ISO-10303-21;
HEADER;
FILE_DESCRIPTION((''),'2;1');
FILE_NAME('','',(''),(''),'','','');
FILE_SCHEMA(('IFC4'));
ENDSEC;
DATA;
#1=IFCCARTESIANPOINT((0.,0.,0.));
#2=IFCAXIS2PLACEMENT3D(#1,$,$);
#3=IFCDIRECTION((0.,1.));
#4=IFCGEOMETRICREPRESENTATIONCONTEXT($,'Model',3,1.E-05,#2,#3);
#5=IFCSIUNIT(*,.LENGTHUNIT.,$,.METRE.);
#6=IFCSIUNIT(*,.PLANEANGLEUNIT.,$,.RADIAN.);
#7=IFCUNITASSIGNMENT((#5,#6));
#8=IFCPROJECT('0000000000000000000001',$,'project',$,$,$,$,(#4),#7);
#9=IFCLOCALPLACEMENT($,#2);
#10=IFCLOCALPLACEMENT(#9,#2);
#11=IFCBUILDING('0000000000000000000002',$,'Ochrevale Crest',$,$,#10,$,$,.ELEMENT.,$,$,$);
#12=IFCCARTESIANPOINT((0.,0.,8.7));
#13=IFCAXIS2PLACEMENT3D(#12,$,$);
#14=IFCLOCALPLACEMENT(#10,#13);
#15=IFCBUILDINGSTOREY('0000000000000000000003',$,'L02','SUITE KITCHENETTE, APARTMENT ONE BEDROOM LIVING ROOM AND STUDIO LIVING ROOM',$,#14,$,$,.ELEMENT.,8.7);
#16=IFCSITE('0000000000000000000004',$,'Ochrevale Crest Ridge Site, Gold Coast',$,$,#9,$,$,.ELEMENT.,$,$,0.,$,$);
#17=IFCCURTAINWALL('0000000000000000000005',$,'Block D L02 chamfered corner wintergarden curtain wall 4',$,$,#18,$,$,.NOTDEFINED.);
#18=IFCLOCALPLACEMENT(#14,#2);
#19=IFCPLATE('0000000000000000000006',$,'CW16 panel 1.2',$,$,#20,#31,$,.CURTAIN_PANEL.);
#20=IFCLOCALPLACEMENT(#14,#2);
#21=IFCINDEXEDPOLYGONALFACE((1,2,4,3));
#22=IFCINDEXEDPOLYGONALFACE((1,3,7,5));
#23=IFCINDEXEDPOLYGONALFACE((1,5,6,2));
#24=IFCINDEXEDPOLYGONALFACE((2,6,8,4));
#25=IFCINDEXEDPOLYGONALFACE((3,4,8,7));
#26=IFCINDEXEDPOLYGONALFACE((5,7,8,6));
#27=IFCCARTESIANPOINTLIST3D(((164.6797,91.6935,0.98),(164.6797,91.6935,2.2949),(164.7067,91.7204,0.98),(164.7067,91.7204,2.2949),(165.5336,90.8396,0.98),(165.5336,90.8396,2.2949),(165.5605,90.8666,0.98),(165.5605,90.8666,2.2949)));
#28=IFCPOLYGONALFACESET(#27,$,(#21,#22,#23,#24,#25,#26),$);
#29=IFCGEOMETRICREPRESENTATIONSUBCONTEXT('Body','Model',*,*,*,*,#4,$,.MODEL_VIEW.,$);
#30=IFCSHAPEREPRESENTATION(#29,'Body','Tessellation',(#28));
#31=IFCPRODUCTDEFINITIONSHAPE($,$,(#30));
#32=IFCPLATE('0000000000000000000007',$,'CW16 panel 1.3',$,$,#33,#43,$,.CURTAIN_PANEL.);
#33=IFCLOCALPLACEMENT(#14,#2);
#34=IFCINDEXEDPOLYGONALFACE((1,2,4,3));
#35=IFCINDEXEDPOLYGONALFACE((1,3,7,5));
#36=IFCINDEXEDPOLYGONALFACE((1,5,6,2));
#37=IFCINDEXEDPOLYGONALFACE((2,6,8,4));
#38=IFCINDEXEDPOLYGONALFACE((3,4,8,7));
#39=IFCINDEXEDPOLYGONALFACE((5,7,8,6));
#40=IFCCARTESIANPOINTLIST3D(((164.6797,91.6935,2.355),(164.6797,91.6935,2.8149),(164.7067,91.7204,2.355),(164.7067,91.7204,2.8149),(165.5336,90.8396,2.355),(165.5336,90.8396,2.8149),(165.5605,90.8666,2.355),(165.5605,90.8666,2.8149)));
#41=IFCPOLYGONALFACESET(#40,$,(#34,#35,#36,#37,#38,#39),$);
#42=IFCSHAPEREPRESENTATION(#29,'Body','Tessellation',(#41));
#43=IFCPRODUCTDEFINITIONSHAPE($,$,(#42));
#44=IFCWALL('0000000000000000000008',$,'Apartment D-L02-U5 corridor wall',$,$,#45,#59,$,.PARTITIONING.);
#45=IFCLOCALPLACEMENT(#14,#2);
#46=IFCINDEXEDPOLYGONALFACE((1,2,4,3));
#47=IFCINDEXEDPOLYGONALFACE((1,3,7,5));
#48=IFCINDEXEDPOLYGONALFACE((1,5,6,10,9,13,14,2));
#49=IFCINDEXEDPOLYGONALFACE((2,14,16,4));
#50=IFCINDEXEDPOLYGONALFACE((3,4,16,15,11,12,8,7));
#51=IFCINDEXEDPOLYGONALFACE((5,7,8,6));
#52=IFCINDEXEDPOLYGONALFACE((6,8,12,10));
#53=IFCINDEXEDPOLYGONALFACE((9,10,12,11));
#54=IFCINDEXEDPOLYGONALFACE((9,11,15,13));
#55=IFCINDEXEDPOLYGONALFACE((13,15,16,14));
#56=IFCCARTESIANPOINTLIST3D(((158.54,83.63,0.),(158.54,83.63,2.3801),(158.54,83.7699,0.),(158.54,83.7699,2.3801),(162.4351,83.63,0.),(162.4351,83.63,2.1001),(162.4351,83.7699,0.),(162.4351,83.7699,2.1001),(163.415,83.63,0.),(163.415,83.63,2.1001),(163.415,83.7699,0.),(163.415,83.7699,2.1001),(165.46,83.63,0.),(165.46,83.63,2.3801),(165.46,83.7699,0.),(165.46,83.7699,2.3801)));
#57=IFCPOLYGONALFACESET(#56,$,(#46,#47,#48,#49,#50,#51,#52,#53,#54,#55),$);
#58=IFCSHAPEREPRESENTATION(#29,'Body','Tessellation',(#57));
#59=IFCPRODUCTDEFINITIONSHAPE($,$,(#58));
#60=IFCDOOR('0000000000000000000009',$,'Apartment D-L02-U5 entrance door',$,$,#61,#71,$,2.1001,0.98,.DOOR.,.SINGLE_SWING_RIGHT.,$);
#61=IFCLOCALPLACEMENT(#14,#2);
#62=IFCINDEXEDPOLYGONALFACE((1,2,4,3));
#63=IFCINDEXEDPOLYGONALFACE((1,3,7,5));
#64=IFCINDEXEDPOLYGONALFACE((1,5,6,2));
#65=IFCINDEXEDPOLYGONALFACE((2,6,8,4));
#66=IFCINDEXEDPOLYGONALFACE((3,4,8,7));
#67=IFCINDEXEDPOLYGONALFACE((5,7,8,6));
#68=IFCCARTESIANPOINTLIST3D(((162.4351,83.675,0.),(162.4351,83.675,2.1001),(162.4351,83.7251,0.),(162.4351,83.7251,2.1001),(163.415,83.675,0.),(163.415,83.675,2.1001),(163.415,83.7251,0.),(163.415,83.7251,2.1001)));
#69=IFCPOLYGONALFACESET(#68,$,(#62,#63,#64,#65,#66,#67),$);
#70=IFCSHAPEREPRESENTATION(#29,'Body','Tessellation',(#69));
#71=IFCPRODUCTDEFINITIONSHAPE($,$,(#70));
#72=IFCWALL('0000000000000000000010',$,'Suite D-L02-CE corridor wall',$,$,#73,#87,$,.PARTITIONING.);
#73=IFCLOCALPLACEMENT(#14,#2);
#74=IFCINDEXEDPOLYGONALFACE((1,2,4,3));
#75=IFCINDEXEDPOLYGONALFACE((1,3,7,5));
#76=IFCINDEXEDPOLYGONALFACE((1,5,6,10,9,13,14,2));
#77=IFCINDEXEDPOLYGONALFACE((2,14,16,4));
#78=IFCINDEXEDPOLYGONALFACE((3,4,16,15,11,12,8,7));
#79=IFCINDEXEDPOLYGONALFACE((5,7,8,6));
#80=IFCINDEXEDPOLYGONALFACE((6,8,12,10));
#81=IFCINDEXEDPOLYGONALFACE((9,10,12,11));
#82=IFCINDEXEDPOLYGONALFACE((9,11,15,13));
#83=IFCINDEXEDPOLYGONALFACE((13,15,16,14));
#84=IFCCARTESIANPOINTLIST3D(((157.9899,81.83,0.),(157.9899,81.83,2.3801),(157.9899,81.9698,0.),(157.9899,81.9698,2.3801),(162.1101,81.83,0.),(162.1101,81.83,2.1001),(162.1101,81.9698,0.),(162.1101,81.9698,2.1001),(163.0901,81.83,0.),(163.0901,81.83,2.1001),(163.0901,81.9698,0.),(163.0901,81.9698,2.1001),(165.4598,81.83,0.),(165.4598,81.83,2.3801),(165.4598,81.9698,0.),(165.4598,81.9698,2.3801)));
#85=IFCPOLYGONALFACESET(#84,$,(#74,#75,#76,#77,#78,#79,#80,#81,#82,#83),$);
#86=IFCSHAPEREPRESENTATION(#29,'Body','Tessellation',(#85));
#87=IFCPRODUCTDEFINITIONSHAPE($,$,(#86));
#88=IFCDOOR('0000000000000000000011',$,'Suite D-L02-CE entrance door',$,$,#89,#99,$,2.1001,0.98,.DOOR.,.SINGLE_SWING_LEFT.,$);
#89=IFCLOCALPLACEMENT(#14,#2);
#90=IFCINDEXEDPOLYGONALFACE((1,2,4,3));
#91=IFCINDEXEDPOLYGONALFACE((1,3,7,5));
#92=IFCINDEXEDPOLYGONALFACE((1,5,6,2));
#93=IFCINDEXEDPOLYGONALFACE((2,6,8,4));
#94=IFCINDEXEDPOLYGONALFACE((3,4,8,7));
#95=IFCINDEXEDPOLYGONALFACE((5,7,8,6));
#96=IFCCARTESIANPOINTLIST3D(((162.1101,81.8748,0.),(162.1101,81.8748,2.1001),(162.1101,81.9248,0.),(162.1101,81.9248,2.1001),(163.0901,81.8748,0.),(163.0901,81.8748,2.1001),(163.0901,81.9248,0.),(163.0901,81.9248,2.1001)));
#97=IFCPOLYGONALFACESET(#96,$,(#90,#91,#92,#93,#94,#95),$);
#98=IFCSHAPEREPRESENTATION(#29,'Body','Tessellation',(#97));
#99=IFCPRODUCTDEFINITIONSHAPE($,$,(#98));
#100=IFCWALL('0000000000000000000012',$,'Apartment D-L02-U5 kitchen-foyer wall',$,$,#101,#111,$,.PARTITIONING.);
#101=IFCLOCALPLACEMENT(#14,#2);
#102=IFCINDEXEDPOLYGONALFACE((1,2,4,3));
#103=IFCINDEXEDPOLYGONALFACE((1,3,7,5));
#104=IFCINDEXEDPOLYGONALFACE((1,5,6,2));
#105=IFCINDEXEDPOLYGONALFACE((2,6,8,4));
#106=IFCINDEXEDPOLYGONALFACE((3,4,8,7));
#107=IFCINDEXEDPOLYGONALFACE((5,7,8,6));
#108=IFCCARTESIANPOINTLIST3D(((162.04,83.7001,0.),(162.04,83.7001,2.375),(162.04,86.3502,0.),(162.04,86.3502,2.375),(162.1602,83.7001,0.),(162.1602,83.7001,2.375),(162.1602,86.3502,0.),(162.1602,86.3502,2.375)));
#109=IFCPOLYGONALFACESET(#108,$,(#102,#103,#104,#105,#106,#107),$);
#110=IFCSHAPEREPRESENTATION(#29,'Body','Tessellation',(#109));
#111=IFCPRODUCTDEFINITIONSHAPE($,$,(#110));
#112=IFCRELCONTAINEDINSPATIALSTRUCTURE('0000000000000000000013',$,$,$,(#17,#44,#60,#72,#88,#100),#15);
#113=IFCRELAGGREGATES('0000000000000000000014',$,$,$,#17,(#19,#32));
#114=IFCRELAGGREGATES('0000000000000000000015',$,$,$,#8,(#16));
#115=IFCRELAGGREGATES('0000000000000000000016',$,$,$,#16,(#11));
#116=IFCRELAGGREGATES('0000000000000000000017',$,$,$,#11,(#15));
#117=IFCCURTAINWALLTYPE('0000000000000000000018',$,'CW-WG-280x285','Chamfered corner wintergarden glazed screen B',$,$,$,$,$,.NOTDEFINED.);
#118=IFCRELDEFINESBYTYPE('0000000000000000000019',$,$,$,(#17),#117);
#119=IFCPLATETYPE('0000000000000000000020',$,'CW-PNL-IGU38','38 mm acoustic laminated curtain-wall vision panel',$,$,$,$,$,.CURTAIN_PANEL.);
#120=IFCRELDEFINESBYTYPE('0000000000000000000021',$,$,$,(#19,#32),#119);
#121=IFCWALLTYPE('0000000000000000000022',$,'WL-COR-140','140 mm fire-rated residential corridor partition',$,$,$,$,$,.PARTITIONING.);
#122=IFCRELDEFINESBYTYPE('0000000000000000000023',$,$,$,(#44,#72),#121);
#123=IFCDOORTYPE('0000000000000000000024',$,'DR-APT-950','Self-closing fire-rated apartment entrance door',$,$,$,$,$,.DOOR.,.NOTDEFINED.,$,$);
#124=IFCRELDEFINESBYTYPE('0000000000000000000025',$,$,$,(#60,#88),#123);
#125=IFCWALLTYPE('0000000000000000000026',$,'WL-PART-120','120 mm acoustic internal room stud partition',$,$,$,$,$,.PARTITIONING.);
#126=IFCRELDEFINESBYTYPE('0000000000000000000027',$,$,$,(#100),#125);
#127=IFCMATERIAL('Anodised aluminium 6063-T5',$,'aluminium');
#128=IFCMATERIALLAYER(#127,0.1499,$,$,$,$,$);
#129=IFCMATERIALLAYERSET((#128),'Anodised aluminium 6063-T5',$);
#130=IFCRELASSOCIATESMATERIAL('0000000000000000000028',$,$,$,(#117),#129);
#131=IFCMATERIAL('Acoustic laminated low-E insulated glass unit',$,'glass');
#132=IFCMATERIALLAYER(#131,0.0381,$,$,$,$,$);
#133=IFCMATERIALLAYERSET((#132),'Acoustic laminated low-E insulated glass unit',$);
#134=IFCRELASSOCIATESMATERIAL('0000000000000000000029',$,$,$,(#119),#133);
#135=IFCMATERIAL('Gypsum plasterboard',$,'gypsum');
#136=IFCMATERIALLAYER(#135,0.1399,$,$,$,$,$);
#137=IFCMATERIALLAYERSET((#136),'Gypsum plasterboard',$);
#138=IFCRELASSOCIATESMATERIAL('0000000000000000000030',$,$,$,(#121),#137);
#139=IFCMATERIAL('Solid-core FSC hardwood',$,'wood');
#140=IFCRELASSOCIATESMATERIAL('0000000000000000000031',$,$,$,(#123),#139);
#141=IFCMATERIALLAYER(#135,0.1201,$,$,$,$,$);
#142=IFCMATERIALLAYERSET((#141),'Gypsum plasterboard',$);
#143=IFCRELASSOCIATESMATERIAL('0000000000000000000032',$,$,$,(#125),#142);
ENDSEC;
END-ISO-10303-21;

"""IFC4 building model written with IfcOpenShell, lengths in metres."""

from ifc_helpers import new_model, si_unit, direction, frame, frame_2d, origin, origin_2d, place, context, subcontext, project, spatial, rectangle, extrude, material, layer, layer_set, type_object, element, fill, aggregate, save


model = new_model("IFC4")

# Units and contexts
model_context = context("Model", 3, precision=1e-05, world=origin(), true_north=direction((0.0, 1.0)))
body_context = subcontext(model_context, "Body", "Model", "MODEL_VIEW")
ifc_project = project(units=[si_unit("LENGTHUNIT", "METRE"), si_unit("PLANEANGLEUNIT", "RADIAN")], contexts=[model_context])

# Site, building, storey
site_placement = place(None, origin())
site = spatial("IfcSite", under=ifc_project, at=site_placement, Name="Ochrevale Crest Ridge Site, Gold Coast", CompositionType="ELEMENT", RefElevation=0.0)
building_placement = place(site_placement, origin())
building = spatial("IfcBuilding", under=site, at=building_placement, Name="Ochrevale Crest", CompositionType="ELEMENT")
storey_placement = place(building_placement, frame((0.0, 0.0, 8.7)))
storey = spatial("IfcBuildingStorey", under=building, at=storey_placement, Name="L02", Description="SUITE KITCHENETTE, APARTMENT ONE BEDROOM LIVING ROOM AND STUDIO LIVING ROOM", CompositionType="ELEMENT", Elevation=8.7)

# Curtain wall, plates
ifc_material_1 = material(Name="Anodised aluminium 6063-T5", Category="aluminium")
ifc_layer_1 = layer(ifc_material_1, 0.1499)
ifc_layer_set_1 = layer_set([ifc_layer_1], Name="Anodised aluminium 6063-T5")
curtain_wall_type = type_object("IfcCurtainWallType", Name="CW-WG-280x285", Description="Chamfered corner wintergarden glazed screen B", PredefinedType="NOTDEFINED", material=ifc_layer_set_1)
curtain_wall_placement = place(storey_placement, origin())
curtain_wall = element("IfcCurtainWall", 1, at=curtain_wall_placement, inside=storey, type_object=curtain_wall_type, Name="Block D L02 chamfered corner wintergarden curtain wall 4", PredefinedType="NOTDEFINED")
ifc_material_2 = material(Name="Acoustic laminated low-E insulated glass unit", Category="glass")
ifc_layer_2 = layer(ifc_material_2, 0.0381)
ifc_layer_set_2 = layer_set([ifc_layer_2], Name="Acoustic laminated low-E insulated glass unit")
plate_type = type_object("IfcPlateType", Name="CW-PNL-IGU38", Description="38 mm acoustic laminated curtain-wall vision panel", PredefinedType="CURTAIN_PANEL", material=ifc_layer_set_2)
plate_1_placement = place(storey_placement, frame((165.1201, 91.28, 0.98), z_axis=(0.0, 0.0, 1.0), x_axis=(-0.707107, 0.707107, 0.0)))
plate_1 = element("IfcPlate", 2, at=plate_1_placement, type_object=plate_type, Name="CW16 panel 1.2", PredefinedType="CURTAIN_PANEL", context=body_context, shape_type="SweptSolid", body=[
    extrude(rectangle(XDim=1.2075, YDim=0.0381, at=origin_2d()), origin(), (0.0, 0.0, 1.0), 1.3149),
])
plate_2_placement = place(storey_placement, frame((165.1201, 91.28, 2.355), z_axis=(0.0, 0.0, 1.0), x_axis=(-0.707107, 0.707107, 0.0)))
plate_2 = element("IfcPlate", 3, at=plate_2_placement, type_object=plate_type, Name="CW16 panel 1.3", PredefinedType="CURTAIN_PANEL", context=body_context, shape_type="SweptSolid", body=[
    extrude(rectangle(XDim=1.2075, YDim=0.0381, at=origin_2d()), origin(), (0.0, 0.0, 1.0), 0.46),
])
aggregate(curtain_wall, [plate_1, plate_2])

# Walls, openings, doors
ifc_material_3 = material(Name="Gypsum plasterboard", Category="gypsum")
ifc_layer_3 = layer(ifc_material_3, 0.1399)
ifc_layer_set_3 = layer_set([ifc_layer_3], Name="Gypsum plasterboard")
wall_type_1 = type_object("IfcWallType", Name="WL-COR-140", Description="140 mm fire-rated residential corridor partition", PredefinedType="PARTITIONING", material=ifc_layer_set_3)
wall_1_placement = place(storey_placement, frame((158.54, 83.7, 0.0), z_axis=(0.0, 0.0, 1.0), x_axis=(1.0, 0.0, 0.0)))
wall_1 = element("IfcWall", 4, at=wall_1_placement, inside=storey, type_object=wall_type_1, Name="Apartment D-L02-U5 corridor wall", PredefinedType="PARTITIONING", context=body_context, shape_type="SweptSolid", body=[
    extrude(rectangle(XDim=6.9199, YDim=0.1399, at=frame_2d((3.46, 0.0))), origin(), (0.0, 0.0, 1.0), 2.3801),
])
opening_1_placement = place(wall_1_placement, frame((4.875, 0.0, 0.0), z_axis=(0.0, 0.0, 1.0), x_axis=(-1.0, 0.0, 0.0)))
opening_1 = element("IfcOpeningElement", 5, at=opening_1_placement, cuts=wall_1, PredefinedType="OPENING", context=body_context, shape_type="SweptSolid", body=[
    extrude(rectangle(XDim=0.98, YDim=2.1001, at=frame_2d((0.49, 1.05))), frame((0.0, 0.0801, 0.0), z_axis=(0.0, -1.0, 0.0), x_axis=(1.0, 0.0, 0.0)), (0.0, 0.0, 1.0), 0.1599),
])
ifc_material_4 = material(Name="Solid-core FSC hardwood", Category="wood")
door_type_1 = type_object("IfcDoorType", Name="DR-APT-950", Description="Self-closing fire-rated apartment entrance door", OperationType="NOTDEFINED", PredefinedType="DOOR", material=ifc_material_4)
door_1_placement = place(opening_1_placement, origin())
door_1 = element("IfcDoor", 6, at=door_1_placement, inside=storey, type_object=door_type_1, Name="Apartment D-L02-U5 entrance door", OperationType="SINGLE_SWING_RIGHT", OverallHeight=2.1001, OverallWidth=0.98, PredefinedType="DOOR", context=body_context, shape_type="SweptSolid", body=[
    extrude(rectangle(XDim=0.98, YDim=2.1001, at=frame_2d((0.49, 1.05))), frame((0.0, 0.0249, 0.0), z_axis=(0.0, -1.0, 0.0), x_axis=(1.0, 0.0, 0.0)), (0.0, 0.0, 1.0), 0.05),
])
fill(opening_1, door_1)
wall_2_placement = place(storey_placement, frame((157.99, 81.8999, 0.0), z_axis=(0.0, 0.0, 1.0), x_axis=(1.0, 0.0, 0.0)))
wall_2 = element("IfcWall", 7, at=wall_2_placement, inside=storey, type_object=wall_type_1, Name="Suite D-L02-CE corridor wall", PredefinedType="PARTITIONING", context=body_context, shape_type="SweptSolid", body=[
    extrude(rectangle(XDim=7.47, YDim=0.1399, at=frame_2d((3.7349, 0.0))), origin(), (0.0, 0.0, 1.0), 2.3801),
])
opening_2_placement = place(wall_2_placement, frame((4.1201, 0.0, 0.0)))
opening_2 = element("IfcOpeningElement", 8, at=opening_2_placement, cuts=wall_2, PredefinedType="OPENING", context=body_context, shape_type="SweptSolid", body=[
    extrude(rectangle(XDim=0.98, YDim=2.1001, at=frame_2d((0.49, 1.05))), frame((0.0, 0.0801, 0.0), z_axis=(0.0, -1.0, 0.0), x_axis=(1.0, 0.0, 0.0)), (0.0, 0.0, 1.0), 0.1599),
])
door_2_placement = place(opening_2_placement, origin())
door_2 = element("IfcDoor", 9, at=door_2_placement, inside=storey, type_object=door_type_1, Name="Suite D-L02-CE entrance door", OperationType="SINGLE_SWING_LEFT", OverallHeight=2.1001, OverallWidth=0.98, PredefinedType="DOOR", context=body_context, shape_type="SweptSolid", body=[
    extrude(rectangle(XDim=0.98, YDim=2.1001, at=frame_2d((0.49, 1.05))), frame((0.0, 0.0249, 0.0), z_axis=(0.0, -1.0, 0.0), x_axis=(1.0, 0.0, 0.0)), (0.0, 0.0, 1.0), 0.05),
])
fill(opening_2, door_2)

# Wall
ifc_layer_4 = layer(ifc_material_3, 0.1201)
ifc_layer_set_4 = layer_set([ifc_layer_4], Name="Gypsum plasterboard")
wall_type_2 = type_object("IfcWallType", Name="WL-PART-120", Description="120 mm acoustic internal room stud partition", PredefinedType="PARTITIONING", material=ifc_layer_set_4)
wall_3_placement = place(storey_placement, frame((162.1001, 83.7, 0.0), z_axis=(0.0, 0.0, 1.0), x_axis=(0.0, 1.0, 0.0)))
element("IfcWall", 10, at=wall_3_placement, inside=storey, type_object=wall_type_2, Name="Apartment D-L02-U5 kitchen-foyer wall", PredefinedType="PARTITIONING", context=body_context, shape_type="SweptSolid", body=[
    extrude(rectangle(XDim=2.6501, YDim=0.1201, at=frame_2d((1.3252, 0.0))), origin(), (0.0, 0.0, 1.0), 2.375),
])

save(model, "model.ifc")
